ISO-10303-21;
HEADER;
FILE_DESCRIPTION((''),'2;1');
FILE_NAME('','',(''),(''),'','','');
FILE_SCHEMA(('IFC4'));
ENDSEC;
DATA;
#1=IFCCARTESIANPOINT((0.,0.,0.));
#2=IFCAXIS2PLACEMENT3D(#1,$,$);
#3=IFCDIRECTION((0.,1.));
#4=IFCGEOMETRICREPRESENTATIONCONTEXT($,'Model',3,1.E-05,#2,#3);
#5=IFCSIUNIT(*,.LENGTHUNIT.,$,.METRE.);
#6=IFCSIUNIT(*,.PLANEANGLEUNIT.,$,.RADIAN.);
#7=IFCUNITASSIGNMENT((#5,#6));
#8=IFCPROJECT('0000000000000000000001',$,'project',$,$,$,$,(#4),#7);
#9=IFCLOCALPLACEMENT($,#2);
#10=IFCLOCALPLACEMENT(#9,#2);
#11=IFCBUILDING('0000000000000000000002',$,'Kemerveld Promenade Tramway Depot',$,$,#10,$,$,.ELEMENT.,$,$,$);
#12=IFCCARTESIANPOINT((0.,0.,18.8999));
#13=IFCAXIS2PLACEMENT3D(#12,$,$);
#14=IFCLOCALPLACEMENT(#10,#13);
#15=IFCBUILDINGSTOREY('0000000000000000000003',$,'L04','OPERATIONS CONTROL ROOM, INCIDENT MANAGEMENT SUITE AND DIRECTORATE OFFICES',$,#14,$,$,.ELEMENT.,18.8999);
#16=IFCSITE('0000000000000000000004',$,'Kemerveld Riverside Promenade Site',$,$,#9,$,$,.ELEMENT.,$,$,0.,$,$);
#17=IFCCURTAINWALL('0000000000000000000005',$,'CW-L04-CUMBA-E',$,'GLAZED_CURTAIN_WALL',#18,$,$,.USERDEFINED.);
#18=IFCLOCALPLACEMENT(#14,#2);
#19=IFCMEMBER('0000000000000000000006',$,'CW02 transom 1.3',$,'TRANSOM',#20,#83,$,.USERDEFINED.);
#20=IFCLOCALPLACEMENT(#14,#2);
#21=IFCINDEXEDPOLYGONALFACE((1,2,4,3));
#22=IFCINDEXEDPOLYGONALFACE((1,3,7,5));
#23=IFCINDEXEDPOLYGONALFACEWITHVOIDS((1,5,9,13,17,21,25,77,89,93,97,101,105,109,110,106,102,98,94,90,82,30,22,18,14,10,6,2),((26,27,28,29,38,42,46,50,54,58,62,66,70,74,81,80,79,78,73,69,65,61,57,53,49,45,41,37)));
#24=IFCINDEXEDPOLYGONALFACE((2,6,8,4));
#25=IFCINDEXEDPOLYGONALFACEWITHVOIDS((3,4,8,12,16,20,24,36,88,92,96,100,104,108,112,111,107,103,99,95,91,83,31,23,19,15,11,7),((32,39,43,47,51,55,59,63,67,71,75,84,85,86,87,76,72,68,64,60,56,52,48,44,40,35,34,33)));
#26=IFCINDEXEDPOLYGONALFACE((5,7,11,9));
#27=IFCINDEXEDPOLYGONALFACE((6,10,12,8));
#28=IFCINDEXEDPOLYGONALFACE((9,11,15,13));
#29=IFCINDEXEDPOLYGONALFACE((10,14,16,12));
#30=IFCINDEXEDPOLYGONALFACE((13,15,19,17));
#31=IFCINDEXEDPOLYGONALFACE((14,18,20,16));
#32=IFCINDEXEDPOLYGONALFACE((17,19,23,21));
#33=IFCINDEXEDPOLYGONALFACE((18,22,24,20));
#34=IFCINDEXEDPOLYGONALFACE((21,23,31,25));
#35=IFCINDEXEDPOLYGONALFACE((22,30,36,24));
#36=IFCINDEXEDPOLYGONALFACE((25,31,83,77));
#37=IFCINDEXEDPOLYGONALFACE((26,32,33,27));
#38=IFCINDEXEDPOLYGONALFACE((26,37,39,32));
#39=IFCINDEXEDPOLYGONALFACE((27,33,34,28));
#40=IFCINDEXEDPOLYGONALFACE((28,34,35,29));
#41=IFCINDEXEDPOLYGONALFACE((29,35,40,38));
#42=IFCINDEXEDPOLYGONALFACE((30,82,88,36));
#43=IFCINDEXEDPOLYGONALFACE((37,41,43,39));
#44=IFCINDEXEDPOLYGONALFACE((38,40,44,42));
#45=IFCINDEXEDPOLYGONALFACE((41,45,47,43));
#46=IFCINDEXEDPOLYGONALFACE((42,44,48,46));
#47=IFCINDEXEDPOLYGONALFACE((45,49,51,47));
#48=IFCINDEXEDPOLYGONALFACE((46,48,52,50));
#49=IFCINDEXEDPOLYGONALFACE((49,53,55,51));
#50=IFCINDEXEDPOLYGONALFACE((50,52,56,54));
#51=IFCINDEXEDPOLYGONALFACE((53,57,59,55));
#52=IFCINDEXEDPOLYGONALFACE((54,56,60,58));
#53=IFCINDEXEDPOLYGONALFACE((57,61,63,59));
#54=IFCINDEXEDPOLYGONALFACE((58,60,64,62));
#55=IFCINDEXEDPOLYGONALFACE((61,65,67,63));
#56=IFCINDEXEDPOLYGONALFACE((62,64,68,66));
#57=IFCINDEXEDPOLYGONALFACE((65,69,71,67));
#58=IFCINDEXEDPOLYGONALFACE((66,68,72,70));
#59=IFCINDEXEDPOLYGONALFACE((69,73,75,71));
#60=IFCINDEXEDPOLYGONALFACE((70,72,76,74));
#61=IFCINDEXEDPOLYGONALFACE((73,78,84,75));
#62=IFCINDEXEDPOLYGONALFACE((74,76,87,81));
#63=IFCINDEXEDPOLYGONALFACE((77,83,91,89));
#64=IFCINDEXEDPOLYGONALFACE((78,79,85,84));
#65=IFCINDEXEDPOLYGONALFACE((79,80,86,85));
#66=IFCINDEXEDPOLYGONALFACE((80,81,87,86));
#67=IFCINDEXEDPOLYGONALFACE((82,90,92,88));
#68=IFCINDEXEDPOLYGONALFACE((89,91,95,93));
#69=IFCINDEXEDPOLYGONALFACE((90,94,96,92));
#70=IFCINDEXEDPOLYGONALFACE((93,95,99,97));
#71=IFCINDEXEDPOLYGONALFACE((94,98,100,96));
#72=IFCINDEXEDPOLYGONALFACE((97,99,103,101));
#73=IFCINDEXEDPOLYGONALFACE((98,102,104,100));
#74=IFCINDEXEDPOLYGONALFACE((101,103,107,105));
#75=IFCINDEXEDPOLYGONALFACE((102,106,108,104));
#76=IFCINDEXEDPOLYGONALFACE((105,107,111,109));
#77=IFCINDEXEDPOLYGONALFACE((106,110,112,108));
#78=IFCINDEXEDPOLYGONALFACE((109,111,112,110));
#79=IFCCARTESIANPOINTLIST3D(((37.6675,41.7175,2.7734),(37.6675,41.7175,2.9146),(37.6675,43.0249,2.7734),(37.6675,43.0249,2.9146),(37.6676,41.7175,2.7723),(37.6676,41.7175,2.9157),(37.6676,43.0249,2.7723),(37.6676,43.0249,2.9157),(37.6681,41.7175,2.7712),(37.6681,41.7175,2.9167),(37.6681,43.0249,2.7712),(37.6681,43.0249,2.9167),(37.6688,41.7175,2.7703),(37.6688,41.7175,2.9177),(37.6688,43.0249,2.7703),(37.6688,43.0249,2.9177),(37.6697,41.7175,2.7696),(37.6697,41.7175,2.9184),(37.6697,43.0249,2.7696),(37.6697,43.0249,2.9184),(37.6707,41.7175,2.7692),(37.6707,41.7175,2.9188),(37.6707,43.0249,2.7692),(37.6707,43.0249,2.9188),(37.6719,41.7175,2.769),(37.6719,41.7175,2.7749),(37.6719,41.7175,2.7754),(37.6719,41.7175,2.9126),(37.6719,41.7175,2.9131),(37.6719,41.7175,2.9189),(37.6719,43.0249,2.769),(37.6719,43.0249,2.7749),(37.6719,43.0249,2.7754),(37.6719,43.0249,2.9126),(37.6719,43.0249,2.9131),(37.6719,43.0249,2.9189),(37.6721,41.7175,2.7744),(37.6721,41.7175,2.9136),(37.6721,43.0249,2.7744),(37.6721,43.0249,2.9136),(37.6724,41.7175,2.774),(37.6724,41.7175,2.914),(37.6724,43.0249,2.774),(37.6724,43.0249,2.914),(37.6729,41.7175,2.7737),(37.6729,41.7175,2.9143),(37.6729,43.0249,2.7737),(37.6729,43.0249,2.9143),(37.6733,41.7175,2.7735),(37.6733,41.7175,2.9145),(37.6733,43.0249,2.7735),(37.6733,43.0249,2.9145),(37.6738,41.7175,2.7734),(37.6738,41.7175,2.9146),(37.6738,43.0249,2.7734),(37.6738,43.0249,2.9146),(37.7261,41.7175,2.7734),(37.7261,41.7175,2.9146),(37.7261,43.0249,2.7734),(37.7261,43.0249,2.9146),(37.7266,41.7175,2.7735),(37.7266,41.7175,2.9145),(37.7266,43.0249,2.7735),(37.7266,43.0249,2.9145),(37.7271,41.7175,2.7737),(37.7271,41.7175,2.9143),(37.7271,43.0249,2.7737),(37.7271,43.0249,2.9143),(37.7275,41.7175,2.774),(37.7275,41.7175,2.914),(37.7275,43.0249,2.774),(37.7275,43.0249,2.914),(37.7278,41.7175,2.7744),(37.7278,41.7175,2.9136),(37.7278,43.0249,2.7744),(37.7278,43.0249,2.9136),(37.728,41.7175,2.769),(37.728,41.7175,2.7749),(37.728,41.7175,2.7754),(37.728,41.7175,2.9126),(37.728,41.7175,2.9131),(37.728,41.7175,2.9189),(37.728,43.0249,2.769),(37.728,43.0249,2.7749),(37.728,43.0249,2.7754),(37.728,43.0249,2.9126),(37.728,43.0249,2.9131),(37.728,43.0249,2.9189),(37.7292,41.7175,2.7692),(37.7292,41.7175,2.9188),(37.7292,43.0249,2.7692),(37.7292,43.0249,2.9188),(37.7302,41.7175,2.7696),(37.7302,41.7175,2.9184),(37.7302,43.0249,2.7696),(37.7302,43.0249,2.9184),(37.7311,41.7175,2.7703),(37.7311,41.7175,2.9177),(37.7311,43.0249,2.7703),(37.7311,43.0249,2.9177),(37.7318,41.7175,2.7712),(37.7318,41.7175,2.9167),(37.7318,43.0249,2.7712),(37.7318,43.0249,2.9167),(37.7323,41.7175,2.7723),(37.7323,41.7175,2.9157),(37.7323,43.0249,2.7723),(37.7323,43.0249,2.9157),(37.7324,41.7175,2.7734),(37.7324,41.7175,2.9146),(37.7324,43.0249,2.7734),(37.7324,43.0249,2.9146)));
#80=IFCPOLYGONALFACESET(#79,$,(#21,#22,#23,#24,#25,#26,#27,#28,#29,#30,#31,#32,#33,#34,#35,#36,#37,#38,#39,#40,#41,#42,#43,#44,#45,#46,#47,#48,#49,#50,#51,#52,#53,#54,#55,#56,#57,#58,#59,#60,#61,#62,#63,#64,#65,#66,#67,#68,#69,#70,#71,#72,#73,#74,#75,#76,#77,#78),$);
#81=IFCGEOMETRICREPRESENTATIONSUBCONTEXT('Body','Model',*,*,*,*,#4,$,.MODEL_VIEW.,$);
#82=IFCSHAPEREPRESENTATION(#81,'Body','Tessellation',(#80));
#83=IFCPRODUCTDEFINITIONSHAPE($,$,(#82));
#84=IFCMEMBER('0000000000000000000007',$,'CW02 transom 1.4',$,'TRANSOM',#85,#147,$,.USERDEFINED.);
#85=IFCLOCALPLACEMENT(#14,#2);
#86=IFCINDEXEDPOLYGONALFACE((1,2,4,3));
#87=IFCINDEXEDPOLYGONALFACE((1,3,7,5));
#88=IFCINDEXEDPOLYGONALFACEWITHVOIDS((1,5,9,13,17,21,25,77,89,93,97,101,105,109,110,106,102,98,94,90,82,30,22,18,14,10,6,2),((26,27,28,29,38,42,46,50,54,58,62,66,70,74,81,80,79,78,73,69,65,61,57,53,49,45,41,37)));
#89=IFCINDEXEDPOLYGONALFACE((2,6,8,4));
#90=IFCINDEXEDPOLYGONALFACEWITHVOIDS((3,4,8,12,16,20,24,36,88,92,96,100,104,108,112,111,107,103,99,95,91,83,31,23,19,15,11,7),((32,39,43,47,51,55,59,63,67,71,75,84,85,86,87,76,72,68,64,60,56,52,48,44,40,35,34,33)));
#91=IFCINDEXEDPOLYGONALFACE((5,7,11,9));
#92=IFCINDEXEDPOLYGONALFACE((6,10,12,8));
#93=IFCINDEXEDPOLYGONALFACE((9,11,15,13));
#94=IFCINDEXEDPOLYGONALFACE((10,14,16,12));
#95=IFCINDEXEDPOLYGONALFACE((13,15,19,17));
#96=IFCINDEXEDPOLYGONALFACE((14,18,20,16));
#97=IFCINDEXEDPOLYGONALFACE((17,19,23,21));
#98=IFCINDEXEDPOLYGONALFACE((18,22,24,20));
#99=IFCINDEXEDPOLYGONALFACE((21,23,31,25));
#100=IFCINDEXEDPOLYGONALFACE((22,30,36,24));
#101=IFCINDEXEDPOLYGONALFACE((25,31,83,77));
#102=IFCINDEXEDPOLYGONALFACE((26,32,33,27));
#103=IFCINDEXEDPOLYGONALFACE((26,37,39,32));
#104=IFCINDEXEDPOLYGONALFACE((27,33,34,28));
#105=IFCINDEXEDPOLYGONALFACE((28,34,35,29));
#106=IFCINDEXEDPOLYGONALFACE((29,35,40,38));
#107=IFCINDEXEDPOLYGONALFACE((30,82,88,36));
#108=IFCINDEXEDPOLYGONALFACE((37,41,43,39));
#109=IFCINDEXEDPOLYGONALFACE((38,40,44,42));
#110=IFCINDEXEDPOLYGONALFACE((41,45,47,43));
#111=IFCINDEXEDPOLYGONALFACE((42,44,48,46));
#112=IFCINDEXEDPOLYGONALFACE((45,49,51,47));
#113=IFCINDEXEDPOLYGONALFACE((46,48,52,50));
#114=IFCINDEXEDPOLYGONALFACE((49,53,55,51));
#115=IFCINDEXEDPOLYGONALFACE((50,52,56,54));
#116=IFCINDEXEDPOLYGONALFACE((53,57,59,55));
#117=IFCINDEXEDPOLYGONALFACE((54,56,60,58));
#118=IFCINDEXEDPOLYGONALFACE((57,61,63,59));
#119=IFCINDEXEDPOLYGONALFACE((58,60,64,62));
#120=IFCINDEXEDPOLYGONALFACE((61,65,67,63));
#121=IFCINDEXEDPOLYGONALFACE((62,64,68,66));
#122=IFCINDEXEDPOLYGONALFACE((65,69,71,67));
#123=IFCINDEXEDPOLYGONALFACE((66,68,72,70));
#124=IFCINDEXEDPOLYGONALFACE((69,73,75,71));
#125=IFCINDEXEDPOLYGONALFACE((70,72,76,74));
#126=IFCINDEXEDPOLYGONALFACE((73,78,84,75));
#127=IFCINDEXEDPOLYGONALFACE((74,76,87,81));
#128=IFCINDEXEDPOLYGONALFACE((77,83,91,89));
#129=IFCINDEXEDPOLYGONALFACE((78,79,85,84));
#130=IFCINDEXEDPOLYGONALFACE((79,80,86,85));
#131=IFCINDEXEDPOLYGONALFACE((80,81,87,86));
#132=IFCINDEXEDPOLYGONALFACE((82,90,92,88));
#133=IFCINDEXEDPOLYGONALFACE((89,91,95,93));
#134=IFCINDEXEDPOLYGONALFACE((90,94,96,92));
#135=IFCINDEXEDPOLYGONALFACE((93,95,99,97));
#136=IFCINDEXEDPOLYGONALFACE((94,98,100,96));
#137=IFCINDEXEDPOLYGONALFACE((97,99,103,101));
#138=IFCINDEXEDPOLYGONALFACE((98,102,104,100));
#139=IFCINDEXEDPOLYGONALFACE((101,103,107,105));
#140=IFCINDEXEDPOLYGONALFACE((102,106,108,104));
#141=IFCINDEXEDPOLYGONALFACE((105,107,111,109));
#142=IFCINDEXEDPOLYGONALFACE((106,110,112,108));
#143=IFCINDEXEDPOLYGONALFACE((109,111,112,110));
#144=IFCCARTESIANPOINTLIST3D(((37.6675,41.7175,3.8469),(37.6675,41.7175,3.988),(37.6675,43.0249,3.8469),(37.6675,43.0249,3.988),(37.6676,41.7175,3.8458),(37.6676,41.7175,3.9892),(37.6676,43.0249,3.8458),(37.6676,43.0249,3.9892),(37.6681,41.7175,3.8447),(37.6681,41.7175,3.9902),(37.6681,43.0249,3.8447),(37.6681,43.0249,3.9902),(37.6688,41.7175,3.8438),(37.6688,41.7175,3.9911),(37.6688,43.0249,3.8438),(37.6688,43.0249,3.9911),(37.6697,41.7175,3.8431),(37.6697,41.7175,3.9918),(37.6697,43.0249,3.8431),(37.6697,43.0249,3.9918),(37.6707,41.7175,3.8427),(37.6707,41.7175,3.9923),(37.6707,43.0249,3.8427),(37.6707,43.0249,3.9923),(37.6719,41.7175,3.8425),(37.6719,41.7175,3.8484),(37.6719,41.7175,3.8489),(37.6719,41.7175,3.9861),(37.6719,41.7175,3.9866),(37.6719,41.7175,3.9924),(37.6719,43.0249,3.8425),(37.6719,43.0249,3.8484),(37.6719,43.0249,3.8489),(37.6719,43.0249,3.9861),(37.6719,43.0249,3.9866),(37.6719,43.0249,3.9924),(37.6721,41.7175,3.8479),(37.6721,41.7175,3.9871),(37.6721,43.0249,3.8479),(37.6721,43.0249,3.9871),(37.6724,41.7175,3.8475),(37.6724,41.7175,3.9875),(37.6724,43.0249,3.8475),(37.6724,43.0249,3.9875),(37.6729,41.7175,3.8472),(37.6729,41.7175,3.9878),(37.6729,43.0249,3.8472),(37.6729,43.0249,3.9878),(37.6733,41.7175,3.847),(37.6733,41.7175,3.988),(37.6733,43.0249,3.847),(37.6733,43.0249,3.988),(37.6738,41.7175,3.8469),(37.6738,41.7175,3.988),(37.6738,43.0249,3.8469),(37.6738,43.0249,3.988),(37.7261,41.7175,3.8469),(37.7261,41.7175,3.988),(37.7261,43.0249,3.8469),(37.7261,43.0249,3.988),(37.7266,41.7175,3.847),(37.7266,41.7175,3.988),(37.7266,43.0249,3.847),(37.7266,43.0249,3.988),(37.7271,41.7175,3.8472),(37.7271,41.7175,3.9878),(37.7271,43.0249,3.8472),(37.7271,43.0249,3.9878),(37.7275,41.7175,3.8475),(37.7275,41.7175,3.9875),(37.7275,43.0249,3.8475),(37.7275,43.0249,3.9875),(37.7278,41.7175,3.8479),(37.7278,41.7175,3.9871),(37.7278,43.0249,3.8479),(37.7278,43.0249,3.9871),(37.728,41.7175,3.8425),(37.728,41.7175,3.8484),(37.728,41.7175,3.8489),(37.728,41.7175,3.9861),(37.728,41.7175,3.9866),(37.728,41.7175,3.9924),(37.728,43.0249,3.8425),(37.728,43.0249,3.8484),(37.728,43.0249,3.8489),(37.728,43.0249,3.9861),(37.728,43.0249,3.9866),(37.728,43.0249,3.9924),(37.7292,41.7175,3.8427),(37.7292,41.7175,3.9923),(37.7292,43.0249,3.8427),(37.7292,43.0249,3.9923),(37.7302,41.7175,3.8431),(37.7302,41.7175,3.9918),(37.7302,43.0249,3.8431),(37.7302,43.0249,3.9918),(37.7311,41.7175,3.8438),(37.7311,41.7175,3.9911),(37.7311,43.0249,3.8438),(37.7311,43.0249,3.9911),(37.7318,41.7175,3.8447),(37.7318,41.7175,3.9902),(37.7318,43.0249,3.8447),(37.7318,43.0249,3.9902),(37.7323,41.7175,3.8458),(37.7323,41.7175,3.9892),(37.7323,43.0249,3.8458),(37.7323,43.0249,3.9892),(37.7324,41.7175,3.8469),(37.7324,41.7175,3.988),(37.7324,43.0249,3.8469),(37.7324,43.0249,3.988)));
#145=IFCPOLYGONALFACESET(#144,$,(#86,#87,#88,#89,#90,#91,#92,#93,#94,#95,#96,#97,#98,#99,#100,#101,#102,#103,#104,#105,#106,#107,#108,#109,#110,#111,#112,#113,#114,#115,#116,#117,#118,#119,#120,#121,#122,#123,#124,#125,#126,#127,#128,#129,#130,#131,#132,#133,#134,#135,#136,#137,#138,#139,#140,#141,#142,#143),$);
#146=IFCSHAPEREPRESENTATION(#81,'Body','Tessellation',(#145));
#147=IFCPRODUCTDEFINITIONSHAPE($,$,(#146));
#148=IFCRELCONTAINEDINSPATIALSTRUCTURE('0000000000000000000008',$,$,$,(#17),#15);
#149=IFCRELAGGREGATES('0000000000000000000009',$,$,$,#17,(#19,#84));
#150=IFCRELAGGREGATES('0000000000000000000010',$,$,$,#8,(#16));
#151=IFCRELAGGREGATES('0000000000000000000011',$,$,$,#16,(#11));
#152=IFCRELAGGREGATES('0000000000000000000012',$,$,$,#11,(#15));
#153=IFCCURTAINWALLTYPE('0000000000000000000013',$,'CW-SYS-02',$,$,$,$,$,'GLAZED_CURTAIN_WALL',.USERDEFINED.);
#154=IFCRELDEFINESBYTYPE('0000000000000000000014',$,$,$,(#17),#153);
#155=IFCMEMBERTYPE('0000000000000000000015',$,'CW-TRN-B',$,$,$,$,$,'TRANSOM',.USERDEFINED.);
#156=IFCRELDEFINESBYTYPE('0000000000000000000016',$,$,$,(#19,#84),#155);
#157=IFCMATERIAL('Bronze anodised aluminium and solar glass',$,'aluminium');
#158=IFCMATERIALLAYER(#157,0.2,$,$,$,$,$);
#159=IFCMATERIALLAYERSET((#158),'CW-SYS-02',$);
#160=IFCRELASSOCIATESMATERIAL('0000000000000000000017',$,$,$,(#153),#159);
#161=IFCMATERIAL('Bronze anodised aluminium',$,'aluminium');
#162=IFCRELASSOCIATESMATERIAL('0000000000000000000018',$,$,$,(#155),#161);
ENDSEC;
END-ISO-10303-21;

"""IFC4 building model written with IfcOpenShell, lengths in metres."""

from ifc_helpers import new_model, si_unit, direction, frame, origin, origin_2d, place, context, subcontext, project, spatial, hollow_rectangle, extrude, material, layer, layer_set, material_profile, profile_set, type_object, element, aggregate, save


model = new_model("IFC4")

# Units and contexts
model_context = context("Model", 3, precision=1e-05, world=origin(), true_north=direction((0.0, 1.0)))
body_context = subcontext(model_context, "Body", "Model", "MODEL_VIEW")
ifc_project = project(units=[si_unit("LENGTHUNIT", "METRE"), si_unit("PLANEANGLEUNIT", "RADIAN")], contexts=[model_context])

# Site, building, storey
site_placement = place(None, origin())
site = spatial("IfcSite", under=ifc_project, at=site_placement, Name="Kemerveld Riverside Promenade Site", CompositionType="ELEMENT", RefElevation=0.0)
building_placement = place(site_placement, origin())
building = spatial("IfcBuilding", under=site, at=building_placement, Name="Kemerveld Promenade Tramway Depot", CompositionType="ELEMENT")
storey_placement = place(building_placement, frame((0.0, 0.0, 18.8999)))
storey = spatial("IfcBuildingStorey", under=building, at=storey_placement, Name="L04", Description="OPERATIONS CONTROL ROOM, INCIDENT MANAGEMENT SUITE AND DIRECTORATE OFFICES", CompositionType="ELEMENT", Elevation=18.8999)

# Curtain wall, members
ifc_material_1 = material(Name="Bronze anodised aluminium and solar glass", Category="aluminium")
ifc_layer_1 = layer(ifc_material_1, 0.2)
ifc_layer_set_1 = layer_set([ifc_layer_1], Name="CW-SYS-02")
curtain_wall_type = type_object("IfcCurtainWallType", Name="CW-SYS-02", ElementType="GLAZED_CURTAIN_WALL", PredefinedType="USERDEFINED", material=ifc_layer_set_1)
curtain_wall_placement = place(storey_placement, origin())
curtain_wall = element("IfcCurtainWall", 1, at=curtain_wall_placement, inside=storey, type_object=curtain_wall_type, Name="CW-L04-CUMBA-E", ObjectType="GLAZED_CURTAIN_WALL", PredefinedType="USERDEFINED")
ifc_material_2 = material(Name="Bronze anodised aluminium", Category="aluminium")
ifc_material_profile_1 = material_profile(ifc_material_2, hollow_rectangle(XDim=0.0649, YDim=0.1499, WallThickness=0.0044, InnerFilletRadius=0.002, OuterFilletRadius=0.0044, at=origin_2d()), Name="CW-TRN-150x65")
ifc_profile_set_1 = profile_set([ifc_material_profile_1], Name="Bronze anodised aluminium")
member_type_1 = type_object("IfcMemberType", Name="CW-TRN-B", ElementType="TRANSOM", PredefinedType="USERDEFINED", material=ifc_profile_set_1)
member_1_placement = place(storey_placement, frame((37.7, 43.0249, 2.844), z_axis=(0.0, -1.0, 0.0), x_axis=(1.0, 0.0, 0.0)))
member_1 = element("IfcMember", 2, at=member_1_placement, type_object=member_type_1, Name="CW02 transom 1.3", ObjectType="TRANSOM", PredefinedType="USERDEFINED", context=body_context, shape_type="SweptSolid", body=[
    extrude(hollow_rectangle(XDim=0.0649, YDim=0.1499, WallThickness=0.0044, InnerFilletRadius=0.002, OuterFilletRadius=0.0044, at=origin_2d()), origin(), (0.0, 0.0, 1.0), 1.3074),
])
member_2_placement = place(storey_placement, frame((37.7, 43.0249, 3.9175), z_axis=(0.0, -1.0, 0.0), x_axis=(1.0, 0.0, 0.0)))
member_2 = element("IfcMember", 3, at=member_2_placement, type_object=member_type_1, Name="CW02 transom 1.4", ObjectType="TRANSOM", PredefinedType="USERDEFINED", context=body_context, shape_type="SweptSolid", body=[
    extrude(hollow_rectangle(XDim=0.0649, YDim=0.1499, WallThickness=0.0044, InnerFilletRadius=0.002, OuterFilletRadius=0.0044, at=origin_2d()), origin(), (0.0, 0.0, 1.0), 1.3074),
])
aggregate(curtain_wall, [member_1, member_2])

save(model, "model.ifc")
